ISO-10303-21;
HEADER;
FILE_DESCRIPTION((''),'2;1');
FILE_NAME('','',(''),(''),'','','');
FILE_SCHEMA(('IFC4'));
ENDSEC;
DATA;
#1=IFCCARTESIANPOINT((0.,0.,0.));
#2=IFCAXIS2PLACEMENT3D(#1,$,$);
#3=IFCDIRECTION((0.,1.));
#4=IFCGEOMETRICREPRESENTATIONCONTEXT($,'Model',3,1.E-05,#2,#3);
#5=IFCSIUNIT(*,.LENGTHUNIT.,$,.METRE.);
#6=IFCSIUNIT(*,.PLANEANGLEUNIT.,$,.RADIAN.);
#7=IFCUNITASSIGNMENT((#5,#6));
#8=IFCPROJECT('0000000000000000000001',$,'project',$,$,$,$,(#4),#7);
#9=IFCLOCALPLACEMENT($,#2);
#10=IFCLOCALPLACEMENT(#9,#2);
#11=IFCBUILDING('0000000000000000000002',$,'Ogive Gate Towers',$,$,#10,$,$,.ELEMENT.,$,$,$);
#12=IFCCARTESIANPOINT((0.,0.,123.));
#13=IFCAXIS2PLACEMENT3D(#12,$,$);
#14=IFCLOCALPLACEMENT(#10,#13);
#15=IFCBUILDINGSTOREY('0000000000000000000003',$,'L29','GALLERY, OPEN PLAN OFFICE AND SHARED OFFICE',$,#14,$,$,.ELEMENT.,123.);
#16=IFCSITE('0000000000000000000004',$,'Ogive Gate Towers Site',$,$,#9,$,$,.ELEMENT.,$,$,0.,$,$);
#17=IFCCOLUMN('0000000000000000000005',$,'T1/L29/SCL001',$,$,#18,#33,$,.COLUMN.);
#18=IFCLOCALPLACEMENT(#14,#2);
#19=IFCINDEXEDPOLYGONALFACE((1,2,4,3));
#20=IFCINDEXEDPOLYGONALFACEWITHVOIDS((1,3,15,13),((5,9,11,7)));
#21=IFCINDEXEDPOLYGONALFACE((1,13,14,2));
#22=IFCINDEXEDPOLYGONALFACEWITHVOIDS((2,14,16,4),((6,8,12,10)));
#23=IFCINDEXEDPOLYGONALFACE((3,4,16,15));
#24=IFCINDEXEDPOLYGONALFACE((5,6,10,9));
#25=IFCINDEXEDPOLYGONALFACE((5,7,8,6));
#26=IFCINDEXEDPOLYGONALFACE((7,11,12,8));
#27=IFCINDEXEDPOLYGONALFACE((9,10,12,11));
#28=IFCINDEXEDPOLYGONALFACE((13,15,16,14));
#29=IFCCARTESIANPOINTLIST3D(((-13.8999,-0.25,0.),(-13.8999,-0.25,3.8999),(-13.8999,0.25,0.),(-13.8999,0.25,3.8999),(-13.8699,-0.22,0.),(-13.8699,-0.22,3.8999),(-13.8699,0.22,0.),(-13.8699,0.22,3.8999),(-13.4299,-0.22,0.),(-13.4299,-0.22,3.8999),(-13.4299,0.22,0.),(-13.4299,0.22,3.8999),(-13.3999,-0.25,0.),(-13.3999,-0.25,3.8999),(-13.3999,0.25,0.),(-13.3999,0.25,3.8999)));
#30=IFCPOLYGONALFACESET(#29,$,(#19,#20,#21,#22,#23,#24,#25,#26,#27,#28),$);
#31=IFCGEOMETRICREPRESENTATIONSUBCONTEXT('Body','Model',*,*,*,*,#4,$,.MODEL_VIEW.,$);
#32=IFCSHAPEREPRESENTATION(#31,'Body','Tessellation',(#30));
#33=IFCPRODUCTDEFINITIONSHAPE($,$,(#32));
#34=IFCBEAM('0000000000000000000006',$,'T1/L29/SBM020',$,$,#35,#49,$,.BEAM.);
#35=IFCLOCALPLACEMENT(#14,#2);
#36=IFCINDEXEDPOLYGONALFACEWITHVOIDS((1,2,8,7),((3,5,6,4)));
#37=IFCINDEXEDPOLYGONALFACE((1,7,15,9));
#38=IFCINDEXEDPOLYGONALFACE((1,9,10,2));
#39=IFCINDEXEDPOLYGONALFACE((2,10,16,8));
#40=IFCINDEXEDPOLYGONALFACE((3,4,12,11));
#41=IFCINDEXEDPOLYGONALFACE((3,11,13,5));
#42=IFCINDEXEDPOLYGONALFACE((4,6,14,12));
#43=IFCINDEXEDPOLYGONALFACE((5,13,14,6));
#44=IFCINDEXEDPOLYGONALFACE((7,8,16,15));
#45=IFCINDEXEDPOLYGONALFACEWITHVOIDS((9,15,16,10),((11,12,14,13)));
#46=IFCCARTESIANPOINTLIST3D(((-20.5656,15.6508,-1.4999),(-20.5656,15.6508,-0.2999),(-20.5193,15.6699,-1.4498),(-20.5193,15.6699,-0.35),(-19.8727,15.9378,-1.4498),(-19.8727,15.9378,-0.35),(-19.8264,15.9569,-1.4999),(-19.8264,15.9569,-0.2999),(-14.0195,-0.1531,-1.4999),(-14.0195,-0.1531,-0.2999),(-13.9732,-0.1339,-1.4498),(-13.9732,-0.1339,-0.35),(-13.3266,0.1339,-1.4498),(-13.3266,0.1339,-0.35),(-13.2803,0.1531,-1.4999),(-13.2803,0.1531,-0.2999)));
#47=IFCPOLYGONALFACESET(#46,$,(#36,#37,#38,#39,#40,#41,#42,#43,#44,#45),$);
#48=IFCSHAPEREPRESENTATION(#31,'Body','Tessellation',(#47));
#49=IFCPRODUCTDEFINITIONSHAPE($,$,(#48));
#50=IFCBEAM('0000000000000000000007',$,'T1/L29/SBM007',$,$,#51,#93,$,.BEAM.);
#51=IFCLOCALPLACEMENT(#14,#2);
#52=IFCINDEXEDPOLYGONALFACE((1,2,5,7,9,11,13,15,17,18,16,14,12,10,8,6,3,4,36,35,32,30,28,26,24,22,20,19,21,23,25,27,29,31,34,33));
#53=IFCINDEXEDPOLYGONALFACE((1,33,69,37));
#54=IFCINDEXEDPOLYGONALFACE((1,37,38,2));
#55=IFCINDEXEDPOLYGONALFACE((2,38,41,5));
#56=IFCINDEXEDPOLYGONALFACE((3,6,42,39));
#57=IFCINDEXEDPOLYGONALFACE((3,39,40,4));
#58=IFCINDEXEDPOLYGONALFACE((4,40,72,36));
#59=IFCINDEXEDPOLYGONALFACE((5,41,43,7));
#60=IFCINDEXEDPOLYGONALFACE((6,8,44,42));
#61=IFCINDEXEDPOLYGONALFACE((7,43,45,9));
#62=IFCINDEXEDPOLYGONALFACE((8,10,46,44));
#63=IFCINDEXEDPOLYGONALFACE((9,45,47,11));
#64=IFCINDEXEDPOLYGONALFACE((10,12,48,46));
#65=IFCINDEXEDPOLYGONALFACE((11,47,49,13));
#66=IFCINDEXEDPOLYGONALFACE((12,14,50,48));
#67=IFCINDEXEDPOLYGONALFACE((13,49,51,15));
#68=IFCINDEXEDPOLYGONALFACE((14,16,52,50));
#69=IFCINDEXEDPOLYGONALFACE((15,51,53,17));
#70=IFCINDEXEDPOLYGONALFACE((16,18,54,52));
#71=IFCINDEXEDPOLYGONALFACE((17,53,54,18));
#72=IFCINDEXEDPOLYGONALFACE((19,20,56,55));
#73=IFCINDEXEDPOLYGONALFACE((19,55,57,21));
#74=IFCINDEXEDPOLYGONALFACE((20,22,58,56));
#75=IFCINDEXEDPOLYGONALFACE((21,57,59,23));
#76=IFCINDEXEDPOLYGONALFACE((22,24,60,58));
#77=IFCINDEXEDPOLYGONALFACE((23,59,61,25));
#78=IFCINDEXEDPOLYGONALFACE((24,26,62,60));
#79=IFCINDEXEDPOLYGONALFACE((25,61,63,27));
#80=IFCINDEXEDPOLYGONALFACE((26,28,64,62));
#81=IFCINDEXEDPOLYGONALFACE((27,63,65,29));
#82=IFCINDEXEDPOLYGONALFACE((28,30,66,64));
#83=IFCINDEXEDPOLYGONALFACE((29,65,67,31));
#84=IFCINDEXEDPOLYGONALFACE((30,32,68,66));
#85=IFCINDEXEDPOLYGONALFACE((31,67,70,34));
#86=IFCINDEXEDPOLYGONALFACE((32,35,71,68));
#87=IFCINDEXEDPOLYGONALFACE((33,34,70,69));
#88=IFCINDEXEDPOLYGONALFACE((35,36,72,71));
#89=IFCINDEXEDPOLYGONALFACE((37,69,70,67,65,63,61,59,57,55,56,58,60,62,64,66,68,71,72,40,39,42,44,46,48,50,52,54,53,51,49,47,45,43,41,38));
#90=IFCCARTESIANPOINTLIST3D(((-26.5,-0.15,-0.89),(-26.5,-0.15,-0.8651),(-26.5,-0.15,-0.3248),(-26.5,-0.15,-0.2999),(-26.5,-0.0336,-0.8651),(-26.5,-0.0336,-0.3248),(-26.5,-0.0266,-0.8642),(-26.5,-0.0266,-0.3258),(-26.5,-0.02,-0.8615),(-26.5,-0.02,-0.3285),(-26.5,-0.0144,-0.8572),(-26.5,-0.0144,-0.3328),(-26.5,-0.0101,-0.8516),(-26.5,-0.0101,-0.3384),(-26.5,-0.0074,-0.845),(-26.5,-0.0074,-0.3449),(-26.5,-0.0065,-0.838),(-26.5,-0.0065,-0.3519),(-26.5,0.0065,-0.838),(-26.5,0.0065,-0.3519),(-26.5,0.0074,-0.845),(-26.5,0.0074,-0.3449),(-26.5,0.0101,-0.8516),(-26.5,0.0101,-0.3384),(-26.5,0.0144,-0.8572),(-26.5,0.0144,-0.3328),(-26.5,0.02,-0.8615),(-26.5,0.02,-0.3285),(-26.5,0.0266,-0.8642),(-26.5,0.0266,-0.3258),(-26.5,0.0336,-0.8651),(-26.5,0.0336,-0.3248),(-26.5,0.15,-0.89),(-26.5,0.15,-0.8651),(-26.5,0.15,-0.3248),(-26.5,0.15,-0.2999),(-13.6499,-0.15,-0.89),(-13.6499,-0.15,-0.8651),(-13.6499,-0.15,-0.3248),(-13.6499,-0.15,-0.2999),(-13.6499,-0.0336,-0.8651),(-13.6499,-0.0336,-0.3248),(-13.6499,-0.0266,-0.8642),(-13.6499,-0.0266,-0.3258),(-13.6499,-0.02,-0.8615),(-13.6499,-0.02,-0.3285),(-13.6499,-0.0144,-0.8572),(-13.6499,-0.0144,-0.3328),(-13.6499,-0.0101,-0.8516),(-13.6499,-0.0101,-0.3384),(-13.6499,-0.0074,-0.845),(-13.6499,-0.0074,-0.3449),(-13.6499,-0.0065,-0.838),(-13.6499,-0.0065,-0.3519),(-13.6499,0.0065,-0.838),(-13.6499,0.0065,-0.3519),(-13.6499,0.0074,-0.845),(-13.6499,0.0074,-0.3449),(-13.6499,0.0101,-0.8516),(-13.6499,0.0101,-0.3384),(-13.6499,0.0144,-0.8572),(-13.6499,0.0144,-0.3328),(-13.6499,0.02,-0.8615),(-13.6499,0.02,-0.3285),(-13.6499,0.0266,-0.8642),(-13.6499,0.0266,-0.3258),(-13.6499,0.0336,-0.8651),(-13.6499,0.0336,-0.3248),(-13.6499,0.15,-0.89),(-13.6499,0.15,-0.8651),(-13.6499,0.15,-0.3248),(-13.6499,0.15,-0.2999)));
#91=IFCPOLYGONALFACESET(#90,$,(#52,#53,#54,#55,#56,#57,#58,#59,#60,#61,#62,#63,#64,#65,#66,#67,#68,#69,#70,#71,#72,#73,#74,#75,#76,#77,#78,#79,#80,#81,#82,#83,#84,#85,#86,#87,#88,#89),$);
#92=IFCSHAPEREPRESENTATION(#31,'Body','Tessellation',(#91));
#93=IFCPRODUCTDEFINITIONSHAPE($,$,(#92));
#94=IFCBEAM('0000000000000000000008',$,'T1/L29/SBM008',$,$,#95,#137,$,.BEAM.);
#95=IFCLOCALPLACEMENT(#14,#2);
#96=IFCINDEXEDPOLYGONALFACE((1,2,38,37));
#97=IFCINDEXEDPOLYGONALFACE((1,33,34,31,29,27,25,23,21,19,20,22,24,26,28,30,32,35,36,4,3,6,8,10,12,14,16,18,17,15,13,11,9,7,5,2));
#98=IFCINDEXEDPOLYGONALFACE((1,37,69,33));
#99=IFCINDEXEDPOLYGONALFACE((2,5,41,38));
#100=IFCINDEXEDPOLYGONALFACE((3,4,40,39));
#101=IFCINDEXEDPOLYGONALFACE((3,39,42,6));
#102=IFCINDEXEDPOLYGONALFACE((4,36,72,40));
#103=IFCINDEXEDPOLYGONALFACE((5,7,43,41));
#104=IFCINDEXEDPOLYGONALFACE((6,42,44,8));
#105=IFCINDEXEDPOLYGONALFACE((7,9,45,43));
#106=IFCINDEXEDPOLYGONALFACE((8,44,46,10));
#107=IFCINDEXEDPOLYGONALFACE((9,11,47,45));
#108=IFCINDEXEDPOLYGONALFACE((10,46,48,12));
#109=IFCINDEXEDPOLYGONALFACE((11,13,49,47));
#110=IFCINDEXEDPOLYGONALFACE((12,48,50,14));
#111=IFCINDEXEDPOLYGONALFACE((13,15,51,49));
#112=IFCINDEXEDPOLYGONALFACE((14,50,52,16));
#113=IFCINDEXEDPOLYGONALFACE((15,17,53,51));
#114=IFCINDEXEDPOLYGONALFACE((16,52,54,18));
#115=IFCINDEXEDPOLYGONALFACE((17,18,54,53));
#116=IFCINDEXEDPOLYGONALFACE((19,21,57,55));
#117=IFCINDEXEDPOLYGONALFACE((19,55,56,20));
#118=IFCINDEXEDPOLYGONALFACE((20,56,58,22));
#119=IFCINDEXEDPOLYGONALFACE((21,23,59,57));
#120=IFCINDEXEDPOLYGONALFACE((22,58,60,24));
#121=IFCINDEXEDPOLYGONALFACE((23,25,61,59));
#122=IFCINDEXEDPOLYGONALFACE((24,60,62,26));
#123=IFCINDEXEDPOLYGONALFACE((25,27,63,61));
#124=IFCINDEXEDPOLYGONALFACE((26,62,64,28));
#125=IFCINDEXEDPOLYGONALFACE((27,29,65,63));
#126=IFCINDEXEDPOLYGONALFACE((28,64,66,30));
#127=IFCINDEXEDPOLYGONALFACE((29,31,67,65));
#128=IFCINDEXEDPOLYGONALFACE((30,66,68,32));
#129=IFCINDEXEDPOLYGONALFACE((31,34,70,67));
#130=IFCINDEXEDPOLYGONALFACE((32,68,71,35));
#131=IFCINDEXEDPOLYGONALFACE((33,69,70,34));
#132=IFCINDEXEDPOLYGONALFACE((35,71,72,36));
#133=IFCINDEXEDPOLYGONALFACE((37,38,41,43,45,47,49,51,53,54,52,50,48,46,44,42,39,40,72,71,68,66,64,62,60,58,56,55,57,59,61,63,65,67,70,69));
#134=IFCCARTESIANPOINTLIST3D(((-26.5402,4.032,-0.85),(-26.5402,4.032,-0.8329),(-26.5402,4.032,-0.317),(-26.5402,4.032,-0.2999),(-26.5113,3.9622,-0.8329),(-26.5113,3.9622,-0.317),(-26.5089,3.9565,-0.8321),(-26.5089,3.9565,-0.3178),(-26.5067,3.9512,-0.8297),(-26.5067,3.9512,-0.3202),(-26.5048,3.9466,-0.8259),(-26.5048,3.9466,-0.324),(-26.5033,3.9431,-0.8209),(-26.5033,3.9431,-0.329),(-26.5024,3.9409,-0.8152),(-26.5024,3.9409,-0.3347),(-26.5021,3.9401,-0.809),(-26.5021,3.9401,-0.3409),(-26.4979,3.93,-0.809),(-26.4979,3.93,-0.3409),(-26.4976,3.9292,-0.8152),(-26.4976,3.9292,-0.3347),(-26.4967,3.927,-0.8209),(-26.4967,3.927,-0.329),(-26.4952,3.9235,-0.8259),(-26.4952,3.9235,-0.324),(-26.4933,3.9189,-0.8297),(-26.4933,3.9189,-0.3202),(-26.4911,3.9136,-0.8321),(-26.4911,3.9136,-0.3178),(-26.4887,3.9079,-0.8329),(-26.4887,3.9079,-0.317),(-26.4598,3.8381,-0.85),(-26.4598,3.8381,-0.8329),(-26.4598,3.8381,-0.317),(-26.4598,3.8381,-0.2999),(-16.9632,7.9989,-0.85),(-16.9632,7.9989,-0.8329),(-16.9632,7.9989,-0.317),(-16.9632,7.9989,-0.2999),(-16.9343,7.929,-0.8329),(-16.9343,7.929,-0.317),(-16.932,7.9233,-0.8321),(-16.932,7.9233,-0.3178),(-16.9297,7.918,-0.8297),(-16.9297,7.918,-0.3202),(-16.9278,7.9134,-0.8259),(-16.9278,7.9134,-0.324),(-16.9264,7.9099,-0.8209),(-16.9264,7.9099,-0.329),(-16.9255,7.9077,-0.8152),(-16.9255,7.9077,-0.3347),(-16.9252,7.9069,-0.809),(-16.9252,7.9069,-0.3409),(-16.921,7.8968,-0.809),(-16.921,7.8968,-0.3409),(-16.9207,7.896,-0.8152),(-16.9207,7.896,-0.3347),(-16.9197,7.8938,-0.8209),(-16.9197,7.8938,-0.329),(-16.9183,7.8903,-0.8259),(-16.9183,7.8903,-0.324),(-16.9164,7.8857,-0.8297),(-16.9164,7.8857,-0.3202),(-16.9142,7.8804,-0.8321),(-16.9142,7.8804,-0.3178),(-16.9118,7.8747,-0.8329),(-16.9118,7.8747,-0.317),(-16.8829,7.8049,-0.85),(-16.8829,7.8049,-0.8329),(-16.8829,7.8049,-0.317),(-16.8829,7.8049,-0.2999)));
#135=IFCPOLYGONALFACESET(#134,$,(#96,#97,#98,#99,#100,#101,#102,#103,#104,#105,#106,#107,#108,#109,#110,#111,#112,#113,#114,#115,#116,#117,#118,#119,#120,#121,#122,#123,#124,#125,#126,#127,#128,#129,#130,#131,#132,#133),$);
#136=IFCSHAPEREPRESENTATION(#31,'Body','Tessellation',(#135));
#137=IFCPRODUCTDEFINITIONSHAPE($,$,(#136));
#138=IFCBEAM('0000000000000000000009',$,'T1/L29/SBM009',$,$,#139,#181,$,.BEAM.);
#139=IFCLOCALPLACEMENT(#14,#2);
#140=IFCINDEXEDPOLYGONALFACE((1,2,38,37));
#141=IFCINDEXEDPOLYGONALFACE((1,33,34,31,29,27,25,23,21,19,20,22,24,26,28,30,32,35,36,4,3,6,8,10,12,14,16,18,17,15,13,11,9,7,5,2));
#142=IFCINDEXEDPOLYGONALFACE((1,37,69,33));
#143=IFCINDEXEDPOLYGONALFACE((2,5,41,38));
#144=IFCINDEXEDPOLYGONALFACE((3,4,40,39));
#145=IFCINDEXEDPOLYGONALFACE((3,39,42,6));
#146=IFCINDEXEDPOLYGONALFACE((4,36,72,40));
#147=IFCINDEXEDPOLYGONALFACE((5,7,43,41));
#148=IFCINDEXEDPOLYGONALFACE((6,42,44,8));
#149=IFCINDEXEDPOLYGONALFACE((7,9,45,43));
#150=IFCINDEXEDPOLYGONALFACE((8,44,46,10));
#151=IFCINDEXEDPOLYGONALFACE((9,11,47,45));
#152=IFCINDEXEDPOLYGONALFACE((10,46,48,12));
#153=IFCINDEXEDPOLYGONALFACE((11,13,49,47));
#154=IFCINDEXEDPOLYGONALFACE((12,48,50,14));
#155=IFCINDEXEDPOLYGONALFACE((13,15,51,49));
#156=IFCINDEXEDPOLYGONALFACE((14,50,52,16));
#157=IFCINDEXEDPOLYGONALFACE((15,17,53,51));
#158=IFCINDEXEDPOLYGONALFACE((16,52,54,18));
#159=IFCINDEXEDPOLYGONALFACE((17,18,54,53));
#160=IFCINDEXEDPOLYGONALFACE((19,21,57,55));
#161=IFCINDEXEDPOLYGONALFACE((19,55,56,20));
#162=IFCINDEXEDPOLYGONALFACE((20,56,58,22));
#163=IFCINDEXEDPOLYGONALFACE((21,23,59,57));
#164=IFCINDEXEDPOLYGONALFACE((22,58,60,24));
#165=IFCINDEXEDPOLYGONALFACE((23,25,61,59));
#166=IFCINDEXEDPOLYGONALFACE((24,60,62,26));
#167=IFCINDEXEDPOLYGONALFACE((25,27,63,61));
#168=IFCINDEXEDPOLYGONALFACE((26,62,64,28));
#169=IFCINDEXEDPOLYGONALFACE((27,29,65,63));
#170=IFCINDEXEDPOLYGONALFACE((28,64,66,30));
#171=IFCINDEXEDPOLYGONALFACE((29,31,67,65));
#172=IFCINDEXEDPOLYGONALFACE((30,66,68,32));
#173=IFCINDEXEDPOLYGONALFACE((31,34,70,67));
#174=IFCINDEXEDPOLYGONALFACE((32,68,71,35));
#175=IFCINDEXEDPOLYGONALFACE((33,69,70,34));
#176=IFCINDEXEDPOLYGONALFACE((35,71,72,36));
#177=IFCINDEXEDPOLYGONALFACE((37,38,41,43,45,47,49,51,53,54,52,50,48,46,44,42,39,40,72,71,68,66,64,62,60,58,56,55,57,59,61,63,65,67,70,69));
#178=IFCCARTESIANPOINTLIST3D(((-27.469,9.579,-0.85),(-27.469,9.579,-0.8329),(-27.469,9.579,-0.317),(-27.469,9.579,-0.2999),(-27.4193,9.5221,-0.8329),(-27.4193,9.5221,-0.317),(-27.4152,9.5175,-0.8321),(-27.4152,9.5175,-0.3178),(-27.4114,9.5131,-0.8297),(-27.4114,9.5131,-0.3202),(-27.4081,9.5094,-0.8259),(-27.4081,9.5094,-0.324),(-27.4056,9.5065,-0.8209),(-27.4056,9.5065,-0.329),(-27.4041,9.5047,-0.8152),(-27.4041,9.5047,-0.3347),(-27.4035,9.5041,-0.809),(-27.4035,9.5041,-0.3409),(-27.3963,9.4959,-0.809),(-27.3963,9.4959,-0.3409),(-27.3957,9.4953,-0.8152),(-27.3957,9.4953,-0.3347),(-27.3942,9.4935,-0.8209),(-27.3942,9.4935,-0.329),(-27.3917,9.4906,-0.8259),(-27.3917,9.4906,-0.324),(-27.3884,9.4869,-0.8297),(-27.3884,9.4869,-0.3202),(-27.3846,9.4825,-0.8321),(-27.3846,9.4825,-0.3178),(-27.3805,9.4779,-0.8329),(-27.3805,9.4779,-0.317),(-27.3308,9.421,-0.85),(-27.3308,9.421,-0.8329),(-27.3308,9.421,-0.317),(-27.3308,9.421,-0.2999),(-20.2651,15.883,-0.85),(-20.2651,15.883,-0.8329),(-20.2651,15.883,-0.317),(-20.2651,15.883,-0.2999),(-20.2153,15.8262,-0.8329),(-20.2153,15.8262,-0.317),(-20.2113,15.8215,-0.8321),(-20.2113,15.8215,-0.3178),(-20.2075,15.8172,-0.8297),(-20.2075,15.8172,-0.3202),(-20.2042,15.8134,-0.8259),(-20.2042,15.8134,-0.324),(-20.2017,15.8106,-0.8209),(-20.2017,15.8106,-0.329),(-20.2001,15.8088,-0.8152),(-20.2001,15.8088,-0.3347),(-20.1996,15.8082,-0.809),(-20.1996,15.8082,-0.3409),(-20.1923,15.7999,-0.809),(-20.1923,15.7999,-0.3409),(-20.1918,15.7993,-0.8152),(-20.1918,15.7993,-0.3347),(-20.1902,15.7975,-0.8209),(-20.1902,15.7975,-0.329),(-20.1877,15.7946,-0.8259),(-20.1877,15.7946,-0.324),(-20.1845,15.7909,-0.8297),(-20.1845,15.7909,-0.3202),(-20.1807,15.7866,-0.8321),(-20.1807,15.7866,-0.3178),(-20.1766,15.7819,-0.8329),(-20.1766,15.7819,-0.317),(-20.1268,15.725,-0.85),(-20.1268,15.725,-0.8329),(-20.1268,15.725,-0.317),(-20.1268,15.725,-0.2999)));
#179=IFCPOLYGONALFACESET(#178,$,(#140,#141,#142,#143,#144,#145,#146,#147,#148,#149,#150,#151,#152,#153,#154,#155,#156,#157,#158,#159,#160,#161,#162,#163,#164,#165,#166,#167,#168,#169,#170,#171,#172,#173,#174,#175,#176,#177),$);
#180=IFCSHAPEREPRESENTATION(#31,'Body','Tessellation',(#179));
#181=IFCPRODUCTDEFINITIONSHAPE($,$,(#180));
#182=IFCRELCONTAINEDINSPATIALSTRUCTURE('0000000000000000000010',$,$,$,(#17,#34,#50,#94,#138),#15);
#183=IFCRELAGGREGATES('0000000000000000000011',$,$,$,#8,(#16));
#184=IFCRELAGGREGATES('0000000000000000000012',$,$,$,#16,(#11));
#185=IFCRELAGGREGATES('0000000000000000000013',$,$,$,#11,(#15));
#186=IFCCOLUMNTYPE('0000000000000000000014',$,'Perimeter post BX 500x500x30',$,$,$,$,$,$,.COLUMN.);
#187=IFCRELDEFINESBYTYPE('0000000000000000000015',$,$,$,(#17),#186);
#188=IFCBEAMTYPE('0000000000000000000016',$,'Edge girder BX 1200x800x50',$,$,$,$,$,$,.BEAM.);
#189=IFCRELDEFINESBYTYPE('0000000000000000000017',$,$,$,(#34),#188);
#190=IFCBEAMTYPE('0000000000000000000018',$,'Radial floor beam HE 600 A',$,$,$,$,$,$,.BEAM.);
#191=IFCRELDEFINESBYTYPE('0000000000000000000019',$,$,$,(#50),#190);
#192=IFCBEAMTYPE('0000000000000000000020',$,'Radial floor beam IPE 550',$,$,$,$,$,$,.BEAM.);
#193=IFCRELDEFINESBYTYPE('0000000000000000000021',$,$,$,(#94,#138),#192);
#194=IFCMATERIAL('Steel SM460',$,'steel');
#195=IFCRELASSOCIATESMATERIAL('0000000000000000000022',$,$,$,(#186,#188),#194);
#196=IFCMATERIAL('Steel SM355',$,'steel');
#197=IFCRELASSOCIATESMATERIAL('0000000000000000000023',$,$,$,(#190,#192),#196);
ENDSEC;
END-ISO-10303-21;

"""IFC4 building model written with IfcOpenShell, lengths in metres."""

from ifc_helpers import new_model, si_unit, direction, frame, origin, origin_2d, place, context, subcontext, project, spatial, hollow_rectangle, i_section, extrude, material, material_profile, profile_set, type_object, element, save


model = new_model("IFC4")

# Units and contexts
model_context = context("Model", 3, precision=1e-05, world=origin(), true_north=direction((0.0, 1.0)))
body_context = subcontext(model_context, "Body", "Model", "MODEL_VIEW")
ifc_project = project(units=[si_unit("LENGTHUNIT", "METRE"), si_unit("PLANEANGLEUNIT", "RADIAN")], contexts=[model_context])

# Site, building, storey
site_placement = place(None, origin())
site = spatial("IfcSite", under=ifc_project, at=site_placement, Name="Ogive Gate Towers Site", CompositionType="ELEMENT", RefElevation=0.0)
building_placement = place(site_placement, origin())
building = spatial("IfcBuilding", under=site, at=building_placement, Name="Ogive Gate Towers", CompositionType="ELEMENT")
storey_placement = place(building_placement, frame((0.0, 0.0, 123.0)))
storey = spatial("IfcBuildingStorey", under=building, at=storey_placement, Name="L29", Description="GALLERY, OPEN PLAN OFFICE AND SHARED OFFICE", CompositionType="ELEMENT", Elevation=123.0)

# Column
ifc_material_1 = material(Name="Steel SM460", Category="steel")
ifc_material_profile_1 = material_profile(ifc_material_1, hollow_rectangle(XDim=0.5, YDim=0.5, WallThickness=0.03, at=origin_2d()), Name="BX 500x500x30")
ifc_profile_set_1 = profile_set([ifc_material_profile_1], Name="Steel SM460")
column_type = type_object("IfcColumnType", Name="Perimeter post BX 500x500x30", PredefinedType="COLUMN", material=ifc_profile_set_1)
column_placement = place(storey_placement, frame((-13.6499, 0.0, 0.0), z_axis=(0.0, 0.0, 1.0), x_axis=(1.0, 0.0, 0.0)))
element("IfcColumn", 1, at=column_placement, inside=storey, type_object=column_type, Name="T1/L29/SCL001", PredefinedType="COLUMN", context=body_context, shape_type="SweptSolid", body=[
    extrude(hollow_rectangle(XDim=0.5, YDim=0.5, WallThickness=0.03, at=origin_2d()), origin(), (0.0, 0.0, 1.0), 3.8999),
])

# Beams
ifc_material_profile_2 = material_profile(ifc_material_1, hollow_rectangle(XDim=0.8, YDim=1.2, WallThickness=0.05, at=origin_2d()), Name="BX 1200x800x50")
ifc_profile_set_2 = profile_set([ifc_material_profile_2], Name="Steel SM460")
beam_type_1 = type_object("IfcBeamType", Name="Edge girder BX 1200x800x50", PredefinedType="BEAM", material=ifc_profile_set_2)
beam_1_placement = place(storey_placement, frame((-13.6499, 0.0, -0.8999), z_axis=(-0.38268, 0.923881, 0.0), x_axis=(-0.923881, -0.38268, 0.0)))
element("IfcBeam", 2, at=beam_1_placement, inside=storey, type_object=beam_type_1, Name="T1/L29/SBM020", PredefinedType="BEAM", context=body_context, shape_type="SweptSolid", body=[
    extrude(hollow_rectangle(XDim=0.8, YDim=1.2, WallThickness=0.05, at=origin_2d()), origin(), (0.0, 0.0, 1.0), 17.106),
])
ifc_material_2 = material(Name="Steel SM355", Category="steel")
ifc_material_profile_3 = material_profile(ifc_material_2, i_section(OverallWidth=0.3, OverallDepth=0.5901, WebThickness=0.0129, FlangeThickness=0.0249, FilletRadius=0.0271, at=origin_2d()), Name="HE 600 A")
ifc_profile_set_3 = profile_set([ifc_material_profile_3], Name="Steel SM355")
beam_type_2 = type_object("IfcBeamType", Name="Radial floor beam HE 600 A", PredefinedType="BEAM", material=ifc_profile_set_3)
beam_2_placement = place(storey_placement, frame((-26.5, 0.0, -0.595), z_axis=(1.0, 0.0, 0.0), x_axis=(0.0, 1.0, 0.0)))
element("IfcBeam", 3, at=beam_2_placement, inside=storey, type_object=beam_type_2, Name="T1/L29/SBM007", PredefinedType="BEAM", context=body_context, shape_type="SweptSolid", body=[
    extrude(i_section(OverallWidth=0.3, OverallDepth=0.5901, WebThickness=0.0129, FlangeThickness=0.0249, FilletRadius=0.0271, at=origin_2d()), origin(), (0.0, 0.0, 1.0), 12.8501),
])
ifc_material_profile_4 = material_profile(ifc_material_2, i_section(OverallWidth=0.21, OverallDepth=0.55, WebThickness=0.011, FlangeThickness=0.0171, FilletRadius=0.0239, at=origin_2d()), Name="IPE 550")
ifc_profile_set_4 = profile_set([ifc_material_profile_4], Name="Steel SM355")
beam_type_3 = type_object("IfcBeamType", Name="Radial floor beam IPE 550", PredefinedType="BEAM", material=ifc_profile_set_4)
beam_3_placement = place(storey_placement, frame((-26.5, 3.9351, -0.575), z_axis=(0.923882, 0.382676, 0.0), x_axis=(-0.382676, 0.923882, 0.0)))
element("IfcBeam", 4, at=beam_3_placement, inside=storey, type_object=beam_type_3, Name="T1/L29/SBM008", PredefinedType="BEAM", context=body_context, shape_type="SweptSolid", body=[
    extrude(i_section(OverallWidth=0.21, OverallDepth=0.55, WebThickness=0.011, FlangeThickness=0.0171, FilletRadius=0.0239, at=origin_2d()), origin(), (0.0, 0.0, 1.0), 10.366),
])
beam_4_placement = place(storey_placement, frame((-27.3999, 9.5, -0.575), z_axis=(0.752547, 0.658539, 0.0), x_axis=(-0.658539, 0.752547, 0.0)))
element("IfcBeam", 5, at=beam_4_placement, inside=storey, type_object=beam_type_3, Name="T1/L29/SBM009", PredefinedType="BEAM", context=body_context, shape_type="SweptSolid", body=[
    extrude(i_section(OverallWidth=0.21, OverallDepth=0.55, WebThickness=0.011, FlangeThickness=0.0171, FilletRadius=0.0239, at=origin_2d()), origin(), (0.0, 0.0, 1.0), 9.5728),
])

save(model, "model.ifc")
